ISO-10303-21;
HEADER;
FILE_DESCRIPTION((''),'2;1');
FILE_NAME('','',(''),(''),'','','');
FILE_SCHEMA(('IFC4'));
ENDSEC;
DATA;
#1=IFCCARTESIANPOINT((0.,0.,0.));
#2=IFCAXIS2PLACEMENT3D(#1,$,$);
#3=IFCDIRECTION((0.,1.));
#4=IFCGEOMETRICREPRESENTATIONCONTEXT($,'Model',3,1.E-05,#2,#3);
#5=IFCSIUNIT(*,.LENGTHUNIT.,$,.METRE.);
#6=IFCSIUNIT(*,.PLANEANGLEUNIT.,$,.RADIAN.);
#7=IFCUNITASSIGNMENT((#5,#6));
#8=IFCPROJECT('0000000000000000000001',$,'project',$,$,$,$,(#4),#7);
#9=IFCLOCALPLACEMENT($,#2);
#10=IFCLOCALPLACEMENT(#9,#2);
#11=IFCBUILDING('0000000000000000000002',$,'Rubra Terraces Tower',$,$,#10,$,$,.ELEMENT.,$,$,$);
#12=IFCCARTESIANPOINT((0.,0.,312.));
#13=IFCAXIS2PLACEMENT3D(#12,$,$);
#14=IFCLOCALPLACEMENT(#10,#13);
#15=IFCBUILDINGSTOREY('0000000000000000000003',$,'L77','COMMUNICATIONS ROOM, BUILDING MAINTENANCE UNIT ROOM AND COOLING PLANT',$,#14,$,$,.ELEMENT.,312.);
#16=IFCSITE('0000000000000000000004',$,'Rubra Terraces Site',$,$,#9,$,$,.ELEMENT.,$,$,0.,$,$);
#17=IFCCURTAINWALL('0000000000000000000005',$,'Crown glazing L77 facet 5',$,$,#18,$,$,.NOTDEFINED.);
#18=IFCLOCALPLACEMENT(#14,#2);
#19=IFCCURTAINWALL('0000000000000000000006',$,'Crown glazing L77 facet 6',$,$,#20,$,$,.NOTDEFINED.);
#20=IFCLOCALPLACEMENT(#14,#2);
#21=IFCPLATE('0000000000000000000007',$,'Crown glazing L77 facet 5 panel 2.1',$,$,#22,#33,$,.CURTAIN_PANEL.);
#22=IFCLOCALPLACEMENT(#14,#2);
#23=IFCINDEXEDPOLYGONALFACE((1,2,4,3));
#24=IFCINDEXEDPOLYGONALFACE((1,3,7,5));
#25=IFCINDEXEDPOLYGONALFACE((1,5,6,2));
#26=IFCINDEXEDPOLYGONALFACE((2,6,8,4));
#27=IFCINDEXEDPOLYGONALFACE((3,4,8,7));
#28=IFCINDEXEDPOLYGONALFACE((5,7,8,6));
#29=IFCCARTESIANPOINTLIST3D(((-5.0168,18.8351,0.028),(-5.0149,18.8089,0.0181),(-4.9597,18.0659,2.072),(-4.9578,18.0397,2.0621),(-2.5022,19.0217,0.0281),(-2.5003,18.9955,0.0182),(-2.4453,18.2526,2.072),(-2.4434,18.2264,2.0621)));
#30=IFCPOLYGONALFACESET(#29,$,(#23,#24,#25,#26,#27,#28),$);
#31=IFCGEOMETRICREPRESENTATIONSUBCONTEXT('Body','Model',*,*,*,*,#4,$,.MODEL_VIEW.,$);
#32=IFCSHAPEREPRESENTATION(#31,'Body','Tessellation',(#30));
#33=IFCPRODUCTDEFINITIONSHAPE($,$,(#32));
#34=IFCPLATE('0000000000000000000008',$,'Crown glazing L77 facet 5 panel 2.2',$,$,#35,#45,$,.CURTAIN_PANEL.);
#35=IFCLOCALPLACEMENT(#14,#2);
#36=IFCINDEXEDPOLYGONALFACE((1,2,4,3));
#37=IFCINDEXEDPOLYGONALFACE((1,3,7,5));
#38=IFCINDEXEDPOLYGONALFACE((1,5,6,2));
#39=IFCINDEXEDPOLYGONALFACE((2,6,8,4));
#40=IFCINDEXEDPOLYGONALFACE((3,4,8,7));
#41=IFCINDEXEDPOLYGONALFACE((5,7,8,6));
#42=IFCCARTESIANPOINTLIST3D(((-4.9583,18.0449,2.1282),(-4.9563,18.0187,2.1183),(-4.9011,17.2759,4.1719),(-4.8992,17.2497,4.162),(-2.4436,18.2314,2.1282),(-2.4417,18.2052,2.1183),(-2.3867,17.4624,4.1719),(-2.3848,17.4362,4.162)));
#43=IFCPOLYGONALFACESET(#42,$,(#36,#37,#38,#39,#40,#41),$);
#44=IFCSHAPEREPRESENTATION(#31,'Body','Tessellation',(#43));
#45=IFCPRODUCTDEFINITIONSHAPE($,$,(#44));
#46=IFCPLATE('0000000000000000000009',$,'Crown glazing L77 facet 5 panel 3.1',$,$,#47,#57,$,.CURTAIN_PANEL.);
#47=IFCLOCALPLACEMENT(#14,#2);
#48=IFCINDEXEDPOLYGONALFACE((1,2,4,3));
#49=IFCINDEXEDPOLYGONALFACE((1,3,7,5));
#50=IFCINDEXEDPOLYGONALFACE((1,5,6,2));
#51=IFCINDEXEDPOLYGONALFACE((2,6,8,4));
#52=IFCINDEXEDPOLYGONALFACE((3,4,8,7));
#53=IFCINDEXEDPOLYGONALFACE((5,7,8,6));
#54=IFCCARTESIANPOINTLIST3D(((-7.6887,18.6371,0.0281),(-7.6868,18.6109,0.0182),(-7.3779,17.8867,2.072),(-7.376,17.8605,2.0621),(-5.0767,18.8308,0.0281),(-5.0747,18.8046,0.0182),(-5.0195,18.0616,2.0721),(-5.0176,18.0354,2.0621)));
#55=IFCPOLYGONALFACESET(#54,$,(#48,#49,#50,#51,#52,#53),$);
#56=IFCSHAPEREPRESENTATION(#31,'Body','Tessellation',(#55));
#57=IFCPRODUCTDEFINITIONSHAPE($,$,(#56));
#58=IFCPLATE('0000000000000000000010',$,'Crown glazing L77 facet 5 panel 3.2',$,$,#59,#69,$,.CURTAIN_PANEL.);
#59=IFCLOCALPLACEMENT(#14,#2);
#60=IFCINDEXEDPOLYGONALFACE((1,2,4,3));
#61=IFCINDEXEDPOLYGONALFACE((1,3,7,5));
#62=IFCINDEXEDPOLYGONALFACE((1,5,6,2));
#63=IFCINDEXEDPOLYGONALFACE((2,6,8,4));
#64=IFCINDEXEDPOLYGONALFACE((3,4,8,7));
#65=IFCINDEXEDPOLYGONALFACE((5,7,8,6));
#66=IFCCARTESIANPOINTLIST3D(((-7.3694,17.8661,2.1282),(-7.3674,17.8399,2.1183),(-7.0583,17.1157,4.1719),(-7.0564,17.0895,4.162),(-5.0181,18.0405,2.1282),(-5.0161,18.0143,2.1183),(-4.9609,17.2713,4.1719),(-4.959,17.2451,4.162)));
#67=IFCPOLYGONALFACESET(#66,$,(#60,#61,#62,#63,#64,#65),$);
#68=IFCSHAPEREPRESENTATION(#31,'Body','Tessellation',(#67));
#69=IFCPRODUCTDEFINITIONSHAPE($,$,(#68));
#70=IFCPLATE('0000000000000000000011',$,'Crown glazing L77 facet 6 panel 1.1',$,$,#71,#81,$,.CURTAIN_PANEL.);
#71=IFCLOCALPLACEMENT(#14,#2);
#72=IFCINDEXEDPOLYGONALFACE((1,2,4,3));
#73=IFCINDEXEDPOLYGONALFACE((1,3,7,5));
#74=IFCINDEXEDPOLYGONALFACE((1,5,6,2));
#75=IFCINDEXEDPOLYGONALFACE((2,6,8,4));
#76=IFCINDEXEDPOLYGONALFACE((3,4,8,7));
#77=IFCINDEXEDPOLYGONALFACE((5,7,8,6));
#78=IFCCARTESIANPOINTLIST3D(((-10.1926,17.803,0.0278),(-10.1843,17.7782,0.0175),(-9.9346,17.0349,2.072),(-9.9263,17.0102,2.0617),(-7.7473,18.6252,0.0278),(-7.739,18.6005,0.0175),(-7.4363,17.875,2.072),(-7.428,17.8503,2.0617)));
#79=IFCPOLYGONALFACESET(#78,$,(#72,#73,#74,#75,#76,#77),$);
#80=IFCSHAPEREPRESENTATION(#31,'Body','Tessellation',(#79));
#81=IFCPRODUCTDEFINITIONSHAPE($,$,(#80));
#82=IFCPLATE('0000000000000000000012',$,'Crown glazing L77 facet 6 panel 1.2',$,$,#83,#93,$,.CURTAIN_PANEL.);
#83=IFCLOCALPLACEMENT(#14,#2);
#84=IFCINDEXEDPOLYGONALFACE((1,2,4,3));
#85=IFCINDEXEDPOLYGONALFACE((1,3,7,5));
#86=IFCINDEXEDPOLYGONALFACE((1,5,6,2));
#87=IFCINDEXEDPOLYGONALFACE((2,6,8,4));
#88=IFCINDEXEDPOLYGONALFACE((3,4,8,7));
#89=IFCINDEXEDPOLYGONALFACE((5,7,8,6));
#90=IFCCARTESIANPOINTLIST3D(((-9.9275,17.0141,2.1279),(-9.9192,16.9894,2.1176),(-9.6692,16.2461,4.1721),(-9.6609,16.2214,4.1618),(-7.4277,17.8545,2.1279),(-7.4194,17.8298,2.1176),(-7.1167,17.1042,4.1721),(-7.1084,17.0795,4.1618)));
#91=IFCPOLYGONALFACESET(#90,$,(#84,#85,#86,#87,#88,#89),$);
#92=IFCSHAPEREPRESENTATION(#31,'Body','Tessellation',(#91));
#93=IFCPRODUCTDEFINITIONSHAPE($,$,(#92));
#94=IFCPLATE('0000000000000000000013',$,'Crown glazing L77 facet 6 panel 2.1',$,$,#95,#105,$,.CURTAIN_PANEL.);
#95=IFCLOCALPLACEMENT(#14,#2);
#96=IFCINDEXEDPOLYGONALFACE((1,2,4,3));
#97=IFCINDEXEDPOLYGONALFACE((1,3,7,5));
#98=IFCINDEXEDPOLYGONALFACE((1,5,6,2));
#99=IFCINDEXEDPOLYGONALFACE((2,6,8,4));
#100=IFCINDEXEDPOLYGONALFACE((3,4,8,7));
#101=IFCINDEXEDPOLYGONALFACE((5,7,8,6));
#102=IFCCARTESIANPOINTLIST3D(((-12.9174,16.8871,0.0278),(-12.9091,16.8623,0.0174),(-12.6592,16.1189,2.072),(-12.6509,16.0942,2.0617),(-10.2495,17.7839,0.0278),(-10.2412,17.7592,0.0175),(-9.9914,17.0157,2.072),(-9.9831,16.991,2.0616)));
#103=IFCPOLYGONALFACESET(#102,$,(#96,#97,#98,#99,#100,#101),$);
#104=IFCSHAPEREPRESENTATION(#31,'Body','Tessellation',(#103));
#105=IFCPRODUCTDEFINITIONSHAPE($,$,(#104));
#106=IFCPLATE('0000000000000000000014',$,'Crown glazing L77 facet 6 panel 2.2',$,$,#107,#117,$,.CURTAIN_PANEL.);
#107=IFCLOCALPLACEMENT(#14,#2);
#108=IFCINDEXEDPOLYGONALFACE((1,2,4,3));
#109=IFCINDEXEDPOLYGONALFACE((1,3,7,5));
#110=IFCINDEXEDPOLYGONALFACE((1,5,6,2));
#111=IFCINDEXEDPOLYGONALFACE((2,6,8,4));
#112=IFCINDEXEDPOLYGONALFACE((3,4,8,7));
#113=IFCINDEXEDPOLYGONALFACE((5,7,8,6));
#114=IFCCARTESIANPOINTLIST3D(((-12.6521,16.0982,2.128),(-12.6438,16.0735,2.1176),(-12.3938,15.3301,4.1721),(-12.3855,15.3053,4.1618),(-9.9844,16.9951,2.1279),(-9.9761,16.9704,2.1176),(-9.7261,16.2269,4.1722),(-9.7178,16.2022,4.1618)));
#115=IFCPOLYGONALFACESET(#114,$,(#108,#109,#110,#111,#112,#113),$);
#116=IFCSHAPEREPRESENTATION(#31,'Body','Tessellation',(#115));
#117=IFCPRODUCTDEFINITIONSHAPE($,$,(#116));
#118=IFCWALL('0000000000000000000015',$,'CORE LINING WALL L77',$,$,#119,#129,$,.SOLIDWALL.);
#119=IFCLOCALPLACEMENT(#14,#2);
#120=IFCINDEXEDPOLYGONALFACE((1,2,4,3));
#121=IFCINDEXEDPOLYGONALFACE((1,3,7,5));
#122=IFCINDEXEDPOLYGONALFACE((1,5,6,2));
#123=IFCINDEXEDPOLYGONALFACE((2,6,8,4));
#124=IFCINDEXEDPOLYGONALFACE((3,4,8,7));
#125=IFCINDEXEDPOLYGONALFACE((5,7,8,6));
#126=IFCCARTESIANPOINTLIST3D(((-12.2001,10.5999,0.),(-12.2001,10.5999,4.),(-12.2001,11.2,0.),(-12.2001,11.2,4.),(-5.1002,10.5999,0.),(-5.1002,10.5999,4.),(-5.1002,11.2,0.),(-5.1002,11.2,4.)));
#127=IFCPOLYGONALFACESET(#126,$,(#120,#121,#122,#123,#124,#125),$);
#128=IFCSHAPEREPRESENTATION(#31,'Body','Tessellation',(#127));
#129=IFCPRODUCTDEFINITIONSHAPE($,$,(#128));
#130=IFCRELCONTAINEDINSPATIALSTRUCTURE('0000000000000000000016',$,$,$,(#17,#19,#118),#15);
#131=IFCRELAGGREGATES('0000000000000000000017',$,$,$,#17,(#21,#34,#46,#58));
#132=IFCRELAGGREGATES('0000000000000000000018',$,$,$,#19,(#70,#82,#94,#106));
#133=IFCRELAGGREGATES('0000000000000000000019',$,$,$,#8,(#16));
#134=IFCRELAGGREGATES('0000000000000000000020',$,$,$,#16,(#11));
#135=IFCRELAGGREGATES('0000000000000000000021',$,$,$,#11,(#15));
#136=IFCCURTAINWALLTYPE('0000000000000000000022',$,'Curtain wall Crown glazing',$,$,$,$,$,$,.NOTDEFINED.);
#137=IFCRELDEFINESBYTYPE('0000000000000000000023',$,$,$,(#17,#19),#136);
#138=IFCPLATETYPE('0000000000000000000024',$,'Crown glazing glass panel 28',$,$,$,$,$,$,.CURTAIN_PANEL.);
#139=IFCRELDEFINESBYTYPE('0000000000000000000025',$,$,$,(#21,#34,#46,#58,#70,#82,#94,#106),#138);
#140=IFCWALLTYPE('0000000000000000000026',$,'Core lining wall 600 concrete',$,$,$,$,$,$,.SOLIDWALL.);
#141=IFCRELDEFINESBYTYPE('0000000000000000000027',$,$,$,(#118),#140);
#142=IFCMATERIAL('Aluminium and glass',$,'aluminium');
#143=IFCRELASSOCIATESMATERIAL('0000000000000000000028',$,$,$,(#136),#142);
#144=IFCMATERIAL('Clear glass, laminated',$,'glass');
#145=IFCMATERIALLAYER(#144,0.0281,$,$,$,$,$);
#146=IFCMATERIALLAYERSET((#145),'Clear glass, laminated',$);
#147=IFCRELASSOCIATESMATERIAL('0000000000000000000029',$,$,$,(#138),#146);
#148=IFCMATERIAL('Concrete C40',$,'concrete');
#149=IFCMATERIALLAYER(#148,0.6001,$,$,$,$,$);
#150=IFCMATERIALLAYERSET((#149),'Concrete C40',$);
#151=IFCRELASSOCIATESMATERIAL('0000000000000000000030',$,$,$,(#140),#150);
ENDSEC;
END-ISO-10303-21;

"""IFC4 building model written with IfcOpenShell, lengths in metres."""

from ifc_helpers import new_model, si_unit, direction, frame, frame_2d, origin, place, context, subcontext, project, spatial, polyline, rectangle, outline, extrude, material, layer, layer_set, type_object, element, aggregate, save


model = new_model("IFC4")

# Units and contexts
model_context = context("Model", 3, precision=1e-05, world=origin(), true_north=direction((0.0, 1.0)))
body_context = subcontext(model_context, "Body", "Model", "MODEL_VIEW")
ifc_project = project(units=[si_unit("LENGTHUNIT", "METRE"), si_unit("PLANEANGLEUNIT", "RADIAN")], contexts=[model_context])

# Site, building, storey
site_placement = place(None, origin())
site = spatial("IfcSite", under=ifc_project, at=site_placement, Name="Rubra Terraces Site", CompositionType="ELEMENT", RefElevation=0.0)
building_placement = place(site_placement, origin())
building = spatial("IfcBuilding", under=site, at=building_placement, Name="Rubra Terraces Tower", CompositionType="ELEMENT")
storey_placement = place(building_placement, frame((0.0, 0.0, 312.0)))
storey = spatial("IfcBuildingStorey", under=building, at=storey_placement, Name="L77", Description="COMMUNICATIONS ROOM, BUILDING MAINTENANCE UNIT ROOM AND COOLING PLANT", CompositionType="ELEMENT", Elevation=312.0)

# Curtain walls
ifc_material_1 = material(Name="Aluminium and glass", Category="aluminium")
curtain_wall_type = type_object("IfcCurtainWallType", Name="Curtain wall Crown glazing", PredefinedType="NOTDEFINED", material=ifc_material_1)
curtain_wall_1_placement = place(storey_placement, origin())
curtain_wall_1 = element("IfcCurtainWall", 1, at=curtain_wall_1_placement, inside=storey, type_object=curtain_wall_type, Name="Crown glazing L77 facet 5", PredefinedType="NOTDEFINED")
curtain_wall_2_placement = place(storey_placement, origin())
curtain_wall_2 = element("IfcCurtainWall", 2, at=curtain_wall_2_placement, inside=storey, type_object=curtain_wall_type, Name="Crown glazing L77 facet 6", PredefinedType="NOTDEFINED")

# Plates
ifc_material_2 = material(Name="Clear glass, laminated", Category="glass")
ifc_layer_1 = layer(ifc_material_2, 0.0281)
ifc_layer_set_1 = layer_set([ifc_layer_1], Name="Clear glass, laminated")
plate_type = type_object("IfcPlateType", Name="Crown glazing glass panel 28", PredefinedType="CURTAIN_PANEL", material=ifc_layer_set_1)
plate_1_placement = place(storey_placement, frame((-2.5022, 19.0217, 0.0281), z_axis=(-0.069257, 0.933039, 0.353047), x_axis=(-0.997257, -0.074017, -0.000017)))
plate_1 = element("IfcPlate", 3, at=plate_1_placement, type_object=plate_type, Name="Crown glazing L77 facet 5 panel 2.1", PredefinedType="CURTAIN_PANEL", context=body_context, shape_type="SweptSolid", body=[
    extrude(outline(polyline([(0.0, 0.0), (2.5216, 0.0), (2.5215, 2.1847), (0.0002, 2.1846), (0.0, 0.0)])), origin(), (0.0, 0.0, -1.0), 0.0281),
])
plate_2_placement = place(storey_placement, frame((-2.4436, 18.2314, 2.1282), z_axis=(-0.069212, 0.933047, 0.353035), x_axis=(-0.99726, -0.073975, -0.000001)))
plate_2 = element("IfcPlate", 4, at=plate_2_placement, type_object=plate_type, Name="Crown glazing L77 facet 5 panel 2.2", PredefinedType="CURTAIN_PANEL", context=body_context, shape_type="SweptSolid", body=[
    extrude(outline(polyline([(0.0, 0.0), (2.5216, 0.0), (2.5215, 2.1844), (0.0002, 2.1843), (0.0, 0.0)])), origin(), (0.0, 0.0, -1.0), 0.0281),
])
plate_3_placement = place(storey_placement, frame((-5.0767, 18.8308, 0.0281), z_axis=(-0.069202, 0.93304, 0.353054), x_axis=(-0.99726, -0.073971, 0.000014)))
plate_3 = element("IfcPlate", 5, at=plate_3_placement, type_object=plate_type, Name="Crown glazing L77 facet 5 panel 3.1", PredefinedType="CURTAIN_PANEL", context=body_context, shape_type="SweptSolid", body=[
    extrude(outline(polyline([(0.0, 0.0), (2.6192, 0.0), (2.3648, 2.1846), (0.0, 2.1847), (0.0, 0.0)])), origin(), (0.0, 0.0, -1.0), 0.0281),
])
plate_4_placement = place(storey_placement, frame((-5.0181, 18.0405, 2.1282), z_axis=(-0.069227, 0.933023, 0.353096), x_axis=(-0.997258, -0.073998, 0.000014)))
plate_4 = element("IfcPlate", 6, at=plate_4_placement, type_object=plate_type, Name="Crown glazing L77 facet 5 panel 3.2", PredefinedType="CURTAIN_PANEL", context=body_context, shape_type="SweptSolid", body=[
    extrude(outline(polyline([(0.0, 0.0), (2.3578, 0.0), (2.1032, 2.1844), (0.0, 2.1844), (0.0, 0.0)])), origin(), (0.0, 0.0, -1.0), 0.0281),
])
aggregate(curtain_wall_1, [plate_1, plate_2, plate_3, plate_4])
plate_5_placement = place(storey_placement, frame((-7.7473, 18.6252, 0.0278), z_axis=(-0.296299, 0.881152, 0.36848), x_axis=(-0.947847, -0.318726, 0.0)))
plate_5 = element("IfcPlate", 7, at=plate_5_placement, type_object=plate_type, Name="Crown glazing L77 facet 6 panel 1.1", PredefinedType="CURTAIN_PANEL", context=body_context, shape_type="SweptSolid", body=[
    extrude(outline(polyline([(0.0, 0.0), (2.5799, 0.0), (2.5801, 2.1989), (-0.0557, 2.1989), (0.0, 0.0)])), origin(), (0.0, 0.0, -1.0), 0.0281),
])
plate_6_placement = place(storey_placement, frame((-7.4277, 17.8545, 2.1279), z_axis=(-0.296235, 0.881168, 0.368494), x_axis=(-0.94787, -0.318657, -0.000006)))
plate_6 = element("IfcPlate", 8, at=plate_6_placement, type_object=plate_type, Name="Crown glazing L77 facet 6 panel 1.2", PredefinedType="CURTAIN_PANEL", context=body_context, shape_type="SweptSolid", body=[
    extrude(outline(polyline([(0.0, 0.0), (2.6372, 0.0), (2.6371, 2.1989), (-0.0558, 2.1989), (0.0, 0.0)])), origin(), (0.0, 0.0, -1.0), 0.0281),
])
plate_7_placement = place(storey_placement, frame((-10.2495, 17.7839, 0.0278), z_axis=(-0.296218, 0.881154, 0.368542), x_axis=(-0.947876, -0.31864, -0.000019)))
plate_7 = element("IfcPlate", 9, at=plate_7_placement, type_object=plate_type, Name="Crown glazing L77 facet 6 panel 2.1", PredefinedType="CURTAIN_PANEL", context=body_context, shape_type="SweptSolid", body=[
    extrude(outline(polyline([(0.0, 0.0), (2.8146, 0.0), (2.8146, 2.199), (0.0001, 2.1989), (0.0, 0.0)])), origin(), (0.0, 0.0, -1.0), 0.0281),
])
plate_8_placement = place(storey_placement, frame((-9.9844, 16.9951, 2.1279), z_axis=(-0.296228, 0.881144, 0.368557), x_axis=(-0.947867, -0.318665, 0.000014)))
plate_8 = element("IfcPlate", 10, at=plate_8_placement, type_object=plate_type, Name="Crown glazing L77 facet 6 panel 2.2", PredefinedType="CURTAIN_PANEL", context=body_context, shape_type="SweptSolid", body=[
    extrude(outline(polyline([(0.0, 0.0), (2.8145, 0.0), (2.8144, 2.1989), (0.0, 2.199), (0.0, 0.0)])), origin(), (0.0, 0.0, -1.0), 0.0281),
])
aggregate(curtain_wall_2, [plate_5, plate_6, plate_7, plate_8])

# Wall
ifc_material_3 = material(Name="Concrete C40", Category="concrete")
ifc_layer_2 = layer(ifc_material_3, 0.6001)
ifc_layer_set_2 = layer_set([ifc_layer_2], Name="Concrete C40")
wall_type = type_object("IfcWallType", Name="Core lining wall 600 concrete", PredefinedType="SOLIDWALL", material=ifc_layer_set_2)
wall_placement = place(storey_placement, frame((-12.2, 10.8999, 0.0), z_axis=(0.0, 0.0, 1.0), x_axis=(1.0, 0.0, 0.0)))
element("IfcWall", 11, at=wall_placement, inside=storey, type_object=wall_type, Name="CORE LINING WALL L77", PredefinedType="SOLIDWALL", context=body_context, shape_type="SweptSolid", body=[
    extrude(rectangle(XDim=7.0999, YDim=0.6001, at=frame_2d((3.5498, 0.0))), origin(), (0.0, 0.0, 1.0), 4.0),
])

save(model, "model.ifc")
